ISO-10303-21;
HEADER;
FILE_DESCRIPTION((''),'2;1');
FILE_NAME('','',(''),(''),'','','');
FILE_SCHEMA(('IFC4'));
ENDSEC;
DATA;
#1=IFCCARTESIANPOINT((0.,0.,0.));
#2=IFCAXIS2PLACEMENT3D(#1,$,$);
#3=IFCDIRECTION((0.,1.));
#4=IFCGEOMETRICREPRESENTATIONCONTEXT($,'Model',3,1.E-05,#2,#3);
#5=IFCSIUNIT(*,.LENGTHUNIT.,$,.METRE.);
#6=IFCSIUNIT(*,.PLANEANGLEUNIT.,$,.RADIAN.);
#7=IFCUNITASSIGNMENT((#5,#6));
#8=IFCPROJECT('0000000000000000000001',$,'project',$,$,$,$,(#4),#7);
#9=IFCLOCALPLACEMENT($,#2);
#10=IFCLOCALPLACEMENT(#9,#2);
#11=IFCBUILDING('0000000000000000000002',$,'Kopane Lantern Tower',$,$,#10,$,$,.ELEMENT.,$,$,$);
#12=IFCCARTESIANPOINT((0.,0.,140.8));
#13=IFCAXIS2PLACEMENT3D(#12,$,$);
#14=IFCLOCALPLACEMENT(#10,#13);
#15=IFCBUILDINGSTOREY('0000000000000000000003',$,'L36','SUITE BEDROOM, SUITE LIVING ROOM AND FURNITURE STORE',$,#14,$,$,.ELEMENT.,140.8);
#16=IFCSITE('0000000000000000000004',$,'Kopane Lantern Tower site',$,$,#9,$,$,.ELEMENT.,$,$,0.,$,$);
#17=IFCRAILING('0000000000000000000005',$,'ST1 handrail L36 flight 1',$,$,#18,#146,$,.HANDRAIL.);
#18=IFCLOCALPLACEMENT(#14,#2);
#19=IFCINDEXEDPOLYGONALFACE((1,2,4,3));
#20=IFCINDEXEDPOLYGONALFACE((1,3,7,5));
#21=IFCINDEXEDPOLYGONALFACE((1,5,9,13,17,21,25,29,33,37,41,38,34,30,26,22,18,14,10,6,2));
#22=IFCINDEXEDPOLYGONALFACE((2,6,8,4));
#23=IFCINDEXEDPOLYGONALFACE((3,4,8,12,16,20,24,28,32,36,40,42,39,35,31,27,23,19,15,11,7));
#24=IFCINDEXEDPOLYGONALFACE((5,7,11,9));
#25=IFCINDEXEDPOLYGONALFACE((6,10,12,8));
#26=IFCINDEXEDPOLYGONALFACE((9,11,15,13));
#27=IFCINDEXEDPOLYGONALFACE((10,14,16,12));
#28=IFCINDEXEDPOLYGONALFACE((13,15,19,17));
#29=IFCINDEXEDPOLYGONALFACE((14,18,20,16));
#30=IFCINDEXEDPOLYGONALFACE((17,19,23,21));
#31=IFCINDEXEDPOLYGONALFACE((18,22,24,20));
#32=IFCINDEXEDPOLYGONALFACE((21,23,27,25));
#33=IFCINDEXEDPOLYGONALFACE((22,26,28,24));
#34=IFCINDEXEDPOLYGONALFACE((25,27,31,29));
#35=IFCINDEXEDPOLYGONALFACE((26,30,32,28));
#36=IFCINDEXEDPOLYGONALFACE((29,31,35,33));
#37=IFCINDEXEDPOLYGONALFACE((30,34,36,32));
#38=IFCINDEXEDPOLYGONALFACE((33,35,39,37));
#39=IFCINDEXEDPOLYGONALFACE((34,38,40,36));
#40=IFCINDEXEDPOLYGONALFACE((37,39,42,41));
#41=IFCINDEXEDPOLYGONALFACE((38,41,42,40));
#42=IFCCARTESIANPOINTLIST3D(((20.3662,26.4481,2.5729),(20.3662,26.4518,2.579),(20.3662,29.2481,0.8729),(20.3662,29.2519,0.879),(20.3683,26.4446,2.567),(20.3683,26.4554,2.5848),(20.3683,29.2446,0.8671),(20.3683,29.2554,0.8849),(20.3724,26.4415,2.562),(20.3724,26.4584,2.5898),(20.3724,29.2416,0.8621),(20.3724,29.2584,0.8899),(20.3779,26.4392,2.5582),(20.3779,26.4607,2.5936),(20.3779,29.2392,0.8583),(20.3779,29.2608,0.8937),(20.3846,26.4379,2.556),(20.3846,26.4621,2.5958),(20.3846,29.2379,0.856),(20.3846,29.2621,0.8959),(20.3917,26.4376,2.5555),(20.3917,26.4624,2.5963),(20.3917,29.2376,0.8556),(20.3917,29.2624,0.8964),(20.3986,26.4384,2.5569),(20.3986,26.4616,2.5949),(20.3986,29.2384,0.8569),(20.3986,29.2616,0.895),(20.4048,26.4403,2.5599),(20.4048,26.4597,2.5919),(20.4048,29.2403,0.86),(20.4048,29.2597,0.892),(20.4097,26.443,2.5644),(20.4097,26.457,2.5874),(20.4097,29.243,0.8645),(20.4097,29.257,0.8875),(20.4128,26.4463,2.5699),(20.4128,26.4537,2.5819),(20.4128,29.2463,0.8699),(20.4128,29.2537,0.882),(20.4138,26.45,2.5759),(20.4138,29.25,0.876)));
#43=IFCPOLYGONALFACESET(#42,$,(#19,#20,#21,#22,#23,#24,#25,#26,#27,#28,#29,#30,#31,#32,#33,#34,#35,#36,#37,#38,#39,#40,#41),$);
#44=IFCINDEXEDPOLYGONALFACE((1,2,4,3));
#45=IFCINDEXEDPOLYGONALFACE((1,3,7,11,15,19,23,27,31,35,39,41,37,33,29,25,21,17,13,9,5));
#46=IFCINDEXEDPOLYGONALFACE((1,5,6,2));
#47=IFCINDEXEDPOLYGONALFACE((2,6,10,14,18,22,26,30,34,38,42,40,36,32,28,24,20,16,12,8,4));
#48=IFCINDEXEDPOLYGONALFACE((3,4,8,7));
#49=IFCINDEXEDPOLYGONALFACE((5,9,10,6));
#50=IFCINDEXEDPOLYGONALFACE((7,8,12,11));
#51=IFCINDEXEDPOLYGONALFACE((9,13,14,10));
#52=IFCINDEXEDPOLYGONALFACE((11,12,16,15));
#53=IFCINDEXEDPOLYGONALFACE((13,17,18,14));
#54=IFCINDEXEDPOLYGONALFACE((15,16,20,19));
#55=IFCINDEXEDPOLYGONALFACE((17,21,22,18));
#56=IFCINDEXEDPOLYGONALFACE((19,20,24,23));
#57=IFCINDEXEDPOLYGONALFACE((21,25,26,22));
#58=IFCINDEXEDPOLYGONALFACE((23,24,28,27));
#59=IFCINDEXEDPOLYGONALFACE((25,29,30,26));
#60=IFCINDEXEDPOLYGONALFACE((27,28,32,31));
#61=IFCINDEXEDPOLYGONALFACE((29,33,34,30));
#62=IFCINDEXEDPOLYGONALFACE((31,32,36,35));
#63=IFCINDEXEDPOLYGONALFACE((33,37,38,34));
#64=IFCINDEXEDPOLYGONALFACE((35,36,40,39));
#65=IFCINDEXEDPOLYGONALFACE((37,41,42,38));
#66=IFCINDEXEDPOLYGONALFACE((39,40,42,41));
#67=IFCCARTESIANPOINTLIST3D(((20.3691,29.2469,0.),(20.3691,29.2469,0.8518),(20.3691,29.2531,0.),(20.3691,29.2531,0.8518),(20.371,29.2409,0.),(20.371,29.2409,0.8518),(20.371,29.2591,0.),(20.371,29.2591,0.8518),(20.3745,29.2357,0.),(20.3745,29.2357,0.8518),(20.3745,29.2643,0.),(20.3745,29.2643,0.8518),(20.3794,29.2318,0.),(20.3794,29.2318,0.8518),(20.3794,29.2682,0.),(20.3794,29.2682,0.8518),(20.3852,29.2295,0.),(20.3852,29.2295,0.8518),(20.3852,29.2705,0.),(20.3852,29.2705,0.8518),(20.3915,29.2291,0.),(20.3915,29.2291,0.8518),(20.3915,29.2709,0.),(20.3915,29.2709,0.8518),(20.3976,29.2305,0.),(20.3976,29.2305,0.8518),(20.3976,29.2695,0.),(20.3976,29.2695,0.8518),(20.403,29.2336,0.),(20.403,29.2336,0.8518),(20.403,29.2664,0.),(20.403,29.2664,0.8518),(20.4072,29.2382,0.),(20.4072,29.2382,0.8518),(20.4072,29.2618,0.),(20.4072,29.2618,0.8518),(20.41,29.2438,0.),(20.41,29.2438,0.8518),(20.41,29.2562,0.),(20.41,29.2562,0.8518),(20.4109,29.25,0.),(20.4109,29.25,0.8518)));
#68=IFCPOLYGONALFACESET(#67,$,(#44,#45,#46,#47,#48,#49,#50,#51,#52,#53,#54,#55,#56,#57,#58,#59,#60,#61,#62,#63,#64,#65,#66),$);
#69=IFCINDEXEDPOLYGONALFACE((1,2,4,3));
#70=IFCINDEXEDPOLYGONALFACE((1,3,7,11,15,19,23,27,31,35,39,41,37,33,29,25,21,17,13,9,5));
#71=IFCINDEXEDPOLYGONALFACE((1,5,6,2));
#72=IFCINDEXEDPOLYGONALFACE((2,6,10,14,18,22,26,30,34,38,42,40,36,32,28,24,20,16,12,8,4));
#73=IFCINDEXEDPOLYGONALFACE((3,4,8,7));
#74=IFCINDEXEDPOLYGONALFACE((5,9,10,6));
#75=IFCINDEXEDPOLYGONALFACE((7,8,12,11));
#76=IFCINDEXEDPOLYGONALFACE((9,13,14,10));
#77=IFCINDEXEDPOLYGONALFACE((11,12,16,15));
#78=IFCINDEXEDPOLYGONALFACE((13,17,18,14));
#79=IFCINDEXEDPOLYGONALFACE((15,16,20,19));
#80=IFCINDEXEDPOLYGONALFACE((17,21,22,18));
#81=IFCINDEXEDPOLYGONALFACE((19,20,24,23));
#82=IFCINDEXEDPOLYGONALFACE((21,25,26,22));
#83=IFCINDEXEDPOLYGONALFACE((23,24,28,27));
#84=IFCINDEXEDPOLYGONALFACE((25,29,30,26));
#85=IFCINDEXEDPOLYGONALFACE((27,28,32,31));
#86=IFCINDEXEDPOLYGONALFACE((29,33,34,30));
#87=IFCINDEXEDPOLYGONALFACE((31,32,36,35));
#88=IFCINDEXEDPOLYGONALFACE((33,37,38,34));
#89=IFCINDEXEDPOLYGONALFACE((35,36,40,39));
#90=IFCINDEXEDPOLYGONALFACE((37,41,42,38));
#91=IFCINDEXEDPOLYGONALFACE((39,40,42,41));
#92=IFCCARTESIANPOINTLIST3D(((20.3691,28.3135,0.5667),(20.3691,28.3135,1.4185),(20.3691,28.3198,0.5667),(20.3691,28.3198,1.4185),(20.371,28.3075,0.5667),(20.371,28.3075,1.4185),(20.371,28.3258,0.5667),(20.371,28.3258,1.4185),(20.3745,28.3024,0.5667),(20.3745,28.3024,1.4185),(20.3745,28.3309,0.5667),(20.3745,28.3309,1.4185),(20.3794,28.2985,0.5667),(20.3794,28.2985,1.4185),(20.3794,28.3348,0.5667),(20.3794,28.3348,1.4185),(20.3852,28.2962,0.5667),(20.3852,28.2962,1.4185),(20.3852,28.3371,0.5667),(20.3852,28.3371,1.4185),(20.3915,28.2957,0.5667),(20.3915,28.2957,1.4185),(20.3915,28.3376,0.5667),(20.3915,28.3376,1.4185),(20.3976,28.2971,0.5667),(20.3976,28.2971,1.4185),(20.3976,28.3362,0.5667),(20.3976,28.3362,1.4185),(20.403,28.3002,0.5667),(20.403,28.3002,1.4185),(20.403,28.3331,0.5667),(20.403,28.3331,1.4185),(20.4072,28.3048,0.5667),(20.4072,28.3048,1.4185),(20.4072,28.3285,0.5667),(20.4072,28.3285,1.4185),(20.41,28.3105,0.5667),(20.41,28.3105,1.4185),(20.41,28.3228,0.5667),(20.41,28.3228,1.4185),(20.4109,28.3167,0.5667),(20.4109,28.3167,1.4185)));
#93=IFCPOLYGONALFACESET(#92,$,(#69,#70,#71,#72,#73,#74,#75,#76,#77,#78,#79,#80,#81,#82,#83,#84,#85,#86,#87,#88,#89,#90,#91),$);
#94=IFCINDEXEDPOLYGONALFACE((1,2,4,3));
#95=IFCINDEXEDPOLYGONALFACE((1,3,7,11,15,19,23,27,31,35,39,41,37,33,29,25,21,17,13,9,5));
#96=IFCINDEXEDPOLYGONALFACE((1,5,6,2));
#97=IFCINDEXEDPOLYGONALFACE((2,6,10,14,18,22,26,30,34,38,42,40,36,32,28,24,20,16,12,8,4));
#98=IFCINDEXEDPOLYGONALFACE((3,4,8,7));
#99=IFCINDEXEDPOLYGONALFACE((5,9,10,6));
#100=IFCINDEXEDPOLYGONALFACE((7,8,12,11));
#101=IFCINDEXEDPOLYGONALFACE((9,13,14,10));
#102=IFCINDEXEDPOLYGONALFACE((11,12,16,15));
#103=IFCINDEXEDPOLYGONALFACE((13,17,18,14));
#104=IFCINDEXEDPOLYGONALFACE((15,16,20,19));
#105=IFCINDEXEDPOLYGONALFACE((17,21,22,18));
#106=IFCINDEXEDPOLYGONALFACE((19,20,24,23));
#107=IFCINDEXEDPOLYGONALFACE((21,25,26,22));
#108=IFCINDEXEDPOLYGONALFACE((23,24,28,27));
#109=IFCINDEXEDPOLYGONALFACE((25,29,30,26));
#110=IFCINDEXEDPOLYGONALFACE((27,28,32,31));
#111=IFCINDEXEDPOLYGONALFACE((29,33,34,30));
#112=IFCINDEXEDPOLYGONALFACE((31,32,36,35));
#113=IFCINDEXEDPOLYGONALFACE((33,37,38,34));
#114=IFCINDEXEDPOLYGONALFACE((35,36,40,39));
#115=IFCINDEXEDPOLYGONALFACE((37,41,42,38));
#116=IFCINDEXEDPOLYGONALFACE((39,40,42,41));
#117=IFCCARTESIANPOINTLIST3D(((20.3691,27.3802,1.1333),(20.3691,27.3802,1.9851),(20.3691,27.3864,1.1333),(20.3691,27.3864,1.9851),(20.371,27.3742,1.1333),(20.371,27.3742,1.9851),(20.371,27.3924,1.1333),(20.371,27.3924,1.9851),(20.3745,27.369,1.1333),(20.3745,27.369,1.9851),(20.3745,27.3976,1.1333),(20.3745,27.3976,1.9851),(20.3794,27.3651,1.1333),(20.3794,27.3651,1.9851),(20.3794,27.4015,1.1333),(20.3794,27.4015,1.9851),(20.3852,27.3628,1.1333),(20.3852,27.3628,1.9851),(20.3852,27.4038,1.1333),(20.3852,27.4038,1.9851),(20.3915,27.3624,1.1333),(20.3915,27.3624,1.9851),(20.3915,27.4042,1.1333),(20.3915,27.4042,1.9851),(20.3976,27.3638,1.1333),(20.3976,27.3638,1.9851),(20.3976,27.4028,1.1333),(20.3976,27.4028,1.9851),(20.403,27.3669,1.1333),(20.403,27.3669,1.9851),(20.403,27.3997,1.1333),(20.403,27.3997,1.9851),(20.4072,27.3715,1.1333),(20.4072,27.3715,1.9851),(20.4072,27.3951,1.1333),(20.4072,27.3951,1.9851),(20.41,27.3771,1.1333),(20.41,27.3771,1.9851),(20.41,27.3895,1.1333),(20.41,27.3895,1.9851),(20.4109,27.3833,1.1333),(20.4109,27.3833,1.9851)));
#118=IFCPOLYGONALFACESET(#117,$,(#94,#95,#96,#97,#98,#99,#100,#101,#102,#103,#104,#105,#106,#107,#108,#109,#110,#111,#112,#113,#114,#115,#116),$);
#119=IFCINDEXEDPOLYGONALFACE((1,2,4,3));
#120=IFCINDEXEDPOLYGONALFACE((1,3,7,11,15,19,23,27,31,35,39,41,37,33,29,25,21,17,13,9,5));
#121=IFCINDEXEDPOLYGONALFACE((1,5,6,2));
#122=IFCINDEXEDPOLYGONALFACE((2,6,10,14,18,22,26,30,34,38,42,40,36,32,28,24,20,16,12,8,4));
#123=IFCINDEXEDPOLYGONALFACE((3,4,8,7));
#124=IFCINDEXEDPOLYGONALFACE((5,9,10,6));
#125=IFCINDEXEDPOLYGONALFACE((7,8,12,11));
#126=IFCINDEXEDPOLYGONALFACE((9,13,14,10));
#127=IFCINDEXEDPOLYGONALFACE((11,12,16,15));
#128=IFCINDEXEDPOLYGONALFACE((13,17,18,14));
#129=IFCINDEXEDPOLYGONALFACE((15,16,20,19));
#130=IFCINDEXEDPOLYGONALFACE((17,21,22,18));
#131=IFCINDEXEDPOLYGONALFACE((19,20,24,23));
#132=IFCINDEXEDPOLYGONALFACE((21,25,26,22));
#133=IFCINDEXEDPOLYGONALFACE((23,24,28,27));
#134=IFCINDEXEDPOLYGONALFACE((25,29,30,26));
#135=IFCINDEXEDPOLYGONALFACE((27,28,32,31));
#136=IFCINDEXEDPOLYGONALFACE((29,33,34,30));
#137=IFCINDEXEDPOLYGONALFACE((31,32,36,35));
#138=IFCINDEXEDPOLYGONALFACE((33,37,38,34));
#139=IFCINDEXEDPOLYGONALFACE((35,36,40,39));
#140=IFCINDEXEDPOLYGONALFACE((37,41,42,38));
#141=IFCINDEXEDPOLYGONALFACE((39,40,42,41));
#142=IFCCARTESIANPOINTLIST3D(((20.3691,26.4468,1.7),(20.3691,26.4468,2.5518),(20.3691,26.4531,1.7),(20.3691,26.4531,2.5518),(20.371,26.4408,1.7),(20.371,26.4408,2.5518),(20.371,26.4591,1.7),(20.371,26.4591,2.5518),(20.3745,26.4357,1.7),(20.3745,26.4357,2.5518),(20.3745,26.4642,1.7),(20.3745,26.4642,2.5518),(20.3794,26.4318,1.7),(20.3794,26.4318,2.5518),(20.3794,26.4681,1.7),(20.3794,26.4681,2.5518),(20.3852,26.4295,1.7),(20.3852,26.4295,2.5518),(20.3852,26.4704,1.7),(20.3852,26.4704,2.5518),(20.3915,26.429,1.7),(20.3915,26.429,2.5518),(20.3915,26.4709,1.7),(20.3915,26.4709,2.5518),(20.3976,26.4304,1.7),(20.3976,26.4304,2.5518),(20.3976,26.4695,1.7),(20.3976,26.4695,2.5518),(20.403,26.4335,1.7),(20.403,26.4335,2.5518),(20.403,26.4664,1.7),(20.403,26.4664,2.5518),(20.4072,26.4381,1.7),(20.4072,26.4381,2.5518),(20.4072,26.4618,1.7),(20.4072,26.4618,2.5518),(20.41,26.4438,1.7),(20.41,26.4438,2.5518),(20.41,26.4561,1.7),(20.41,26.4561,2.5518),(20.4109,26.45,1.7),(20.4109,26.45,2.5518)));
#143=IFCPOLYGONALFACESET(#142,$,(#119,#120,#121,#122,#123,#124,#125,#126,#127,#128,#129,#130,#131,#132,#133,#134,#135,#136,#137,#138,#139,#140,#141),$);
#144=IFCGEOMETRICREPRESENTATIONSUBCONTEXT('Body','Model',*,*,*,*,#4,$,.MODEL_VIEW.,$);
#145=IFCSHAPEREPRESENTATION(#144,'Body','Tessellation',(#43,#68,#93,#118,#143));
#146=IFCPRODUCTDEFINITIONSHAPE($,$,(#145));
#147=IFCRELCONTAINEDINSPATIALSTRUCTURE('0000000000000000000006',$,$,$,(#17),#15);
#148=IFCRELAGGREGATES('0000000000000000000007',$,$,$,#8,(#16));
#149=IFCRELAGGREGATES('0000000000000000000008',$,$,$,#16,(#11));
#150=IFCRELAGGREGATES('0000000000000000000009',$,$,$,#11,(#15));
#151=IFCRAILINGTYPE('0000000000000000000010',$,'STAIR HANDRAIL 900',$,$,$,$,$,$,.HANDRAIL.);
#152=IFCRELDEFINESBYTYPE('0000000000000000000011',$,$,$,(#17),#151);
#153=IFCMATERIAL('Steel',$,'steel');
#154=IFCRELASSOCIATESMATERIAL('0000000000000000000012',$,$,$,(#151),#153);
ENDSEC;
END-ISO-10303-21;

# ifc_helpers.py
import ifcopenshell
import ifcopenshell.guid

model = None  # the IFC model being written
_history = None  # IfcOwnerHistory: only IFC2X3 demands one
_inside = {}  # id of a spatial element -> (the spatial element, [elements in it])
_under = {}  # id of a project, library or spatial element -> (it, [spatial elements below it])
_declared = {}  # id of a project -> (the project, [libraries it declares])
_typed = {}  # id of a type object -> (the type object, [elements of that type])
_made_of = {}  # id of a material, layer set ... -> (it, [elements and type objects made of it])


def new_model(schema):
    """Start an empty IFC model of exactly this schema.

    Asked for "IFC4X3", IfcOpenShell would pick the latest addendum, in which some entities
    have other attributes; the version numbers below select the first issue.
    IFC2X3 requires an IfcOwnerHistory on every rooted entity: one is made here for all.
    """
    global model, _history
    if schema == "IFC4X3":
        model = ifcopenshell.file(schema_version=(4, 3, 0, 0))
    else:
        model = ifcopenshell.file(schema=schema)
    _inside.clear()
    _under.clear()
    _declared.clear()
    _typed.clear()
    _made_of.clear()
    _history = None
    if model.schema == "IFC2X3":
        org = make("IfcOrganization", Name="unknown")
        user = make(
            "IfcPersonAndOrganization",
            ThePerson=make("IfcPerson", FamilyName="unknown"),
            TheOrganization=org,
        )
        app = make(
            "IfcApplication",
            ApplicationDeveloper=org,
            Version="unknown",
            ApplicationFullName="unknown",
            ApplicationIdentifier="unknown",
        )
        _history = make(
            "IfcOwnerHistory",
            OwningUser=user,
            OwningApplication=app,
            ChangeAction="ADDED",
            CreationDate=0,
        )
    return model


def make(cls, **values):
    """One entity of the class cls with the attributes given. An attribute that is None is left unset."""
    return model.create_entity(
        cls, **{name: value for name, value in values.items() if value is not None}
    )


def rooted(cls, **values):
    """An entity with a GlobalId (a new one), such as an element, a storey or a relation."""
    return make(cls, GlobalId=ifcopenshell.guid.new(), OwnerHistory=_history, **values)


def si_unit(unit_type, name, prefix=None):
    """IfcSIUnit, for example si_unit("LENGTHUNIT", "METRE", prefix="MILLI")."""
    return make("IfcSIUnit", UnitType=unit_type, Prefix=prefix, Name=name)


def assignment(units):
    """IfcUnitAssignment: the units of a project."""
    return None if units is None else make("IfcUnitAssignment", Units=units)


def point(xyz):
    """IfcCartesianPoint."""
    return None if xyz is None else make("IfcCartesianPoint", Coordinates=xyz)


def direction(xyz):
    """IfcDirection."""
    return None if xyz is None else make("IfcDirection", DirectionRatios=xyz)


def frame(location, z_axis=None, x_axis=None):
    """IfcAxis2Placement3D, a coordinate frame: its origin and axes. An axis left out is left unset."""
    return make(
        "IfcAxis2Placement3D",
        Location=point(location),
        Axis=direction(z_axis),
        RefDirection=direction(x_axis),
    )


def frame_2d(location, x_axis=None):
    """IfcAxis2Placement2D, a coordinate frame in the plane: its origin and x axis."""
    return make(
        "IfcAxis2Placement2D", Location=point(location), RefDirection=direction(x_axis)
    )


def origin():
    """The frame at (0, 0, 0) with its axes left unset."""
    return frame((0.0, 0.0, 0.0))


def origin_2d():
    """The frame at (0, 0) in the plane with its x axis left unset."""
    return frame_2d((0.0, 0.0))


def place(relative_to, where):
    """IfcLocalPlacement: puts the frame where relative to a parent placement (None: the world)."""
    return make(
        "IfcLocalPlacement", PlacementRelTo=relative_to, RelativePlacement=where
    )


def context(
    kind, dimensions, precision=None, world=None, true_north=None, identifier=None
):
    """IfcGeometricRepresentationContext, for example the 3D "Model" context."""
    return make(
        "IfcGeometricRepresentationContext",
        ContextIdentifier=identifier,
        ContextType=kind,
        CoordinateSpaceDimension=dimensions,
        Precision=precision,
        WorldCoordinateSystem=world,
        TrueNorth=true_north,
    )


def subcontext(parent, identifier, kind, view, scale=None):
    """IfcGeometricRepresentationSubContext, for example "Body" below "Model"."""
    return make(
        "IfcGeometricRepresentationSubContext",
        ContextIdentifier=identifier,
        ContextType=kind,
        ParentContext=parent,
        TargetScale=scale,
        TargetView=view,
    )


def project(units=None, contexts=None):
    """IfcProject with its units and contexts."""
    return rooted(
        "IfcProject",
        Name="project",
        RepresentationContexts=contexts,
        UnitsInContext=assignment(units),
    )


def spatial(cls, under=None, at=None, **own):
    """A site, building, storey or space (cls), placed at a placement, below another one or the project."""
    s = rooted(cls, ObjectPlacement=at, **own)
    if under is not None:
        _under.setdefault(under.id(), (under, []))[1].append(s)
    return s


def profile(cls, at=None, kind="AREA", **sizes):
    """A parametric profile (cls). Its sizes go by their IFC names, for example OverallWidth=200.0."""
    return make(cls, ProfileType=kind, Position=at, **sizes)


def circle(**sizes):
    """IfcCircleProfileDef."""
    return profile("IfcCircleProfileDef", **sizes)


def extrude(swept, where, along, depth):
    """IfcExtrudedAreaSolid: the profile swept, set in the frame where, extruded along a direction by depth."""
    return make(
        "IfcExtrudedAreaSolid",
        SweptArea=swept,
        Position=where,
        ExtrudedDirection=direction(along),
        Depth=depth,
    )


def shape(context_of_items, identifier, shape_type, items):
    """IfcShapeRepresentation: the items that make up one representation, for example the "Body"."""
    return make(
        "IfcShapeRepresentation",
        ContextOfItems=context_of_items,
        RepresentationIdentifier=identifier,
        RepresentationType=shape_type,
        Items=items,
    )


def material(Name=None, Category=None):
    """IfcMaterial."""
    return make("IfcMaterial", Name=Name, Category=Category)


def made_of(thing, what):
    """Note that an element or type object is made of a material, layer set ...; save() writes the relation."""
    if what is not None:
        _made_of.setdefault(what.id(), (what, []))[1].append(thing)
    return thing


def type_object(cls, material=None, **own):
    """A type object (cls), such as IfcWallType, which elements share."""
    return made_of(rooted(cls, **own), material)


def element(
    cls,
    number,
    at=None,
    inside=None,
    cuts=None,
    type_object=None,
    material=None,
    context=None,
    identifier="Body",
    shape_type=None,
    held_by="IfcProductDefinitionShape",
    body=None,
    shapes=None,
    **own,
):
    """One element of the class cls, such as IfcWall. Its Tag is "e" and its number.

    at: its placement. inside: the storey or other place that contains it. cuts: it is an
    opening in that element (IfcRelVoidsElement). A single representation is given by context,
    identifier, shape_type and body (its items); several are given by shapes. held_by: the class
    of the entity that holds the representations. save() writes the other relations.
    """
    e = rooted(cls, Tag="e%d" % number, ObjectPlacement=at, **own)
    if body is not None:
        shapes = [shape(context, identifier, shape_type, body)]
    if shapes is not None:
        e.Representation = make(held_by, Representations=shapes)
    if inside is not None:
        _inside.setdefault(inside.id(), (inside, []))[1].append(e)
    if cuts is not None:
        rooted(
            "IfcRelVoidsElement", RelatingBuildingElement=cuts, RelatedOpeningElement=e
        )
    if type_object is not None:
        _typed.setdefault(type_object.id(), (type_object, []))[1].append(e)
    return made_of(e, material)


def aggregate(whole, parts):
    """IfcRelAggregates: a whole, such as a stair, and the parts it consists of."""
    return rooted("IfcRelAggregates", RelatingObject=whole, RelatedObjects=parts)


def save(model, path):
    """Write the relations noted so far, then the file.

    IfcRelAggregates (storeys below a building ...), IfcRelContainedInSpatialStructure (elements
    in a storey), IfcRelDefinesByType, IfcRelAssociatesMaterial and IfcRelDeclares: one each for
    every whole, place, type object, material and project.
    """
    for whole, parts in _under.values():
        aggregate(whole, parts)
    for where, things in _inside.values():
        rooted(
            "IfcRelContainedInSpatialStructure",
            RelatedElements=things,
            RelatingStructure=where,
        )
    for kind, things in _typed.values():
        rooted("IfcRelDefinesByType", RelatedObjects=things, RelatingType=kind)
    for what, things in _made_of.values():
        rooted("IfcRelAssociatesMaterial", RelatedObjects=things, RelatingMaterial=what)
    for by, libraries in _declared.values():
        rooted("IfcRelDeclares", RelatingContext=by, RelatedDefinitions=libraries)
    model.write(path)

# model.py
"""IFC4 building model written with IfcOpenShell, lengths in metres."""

from ifc_helpers import new_model, si_unit, direction, frame, origin, origin_2d, place, context, subcontext, project, spatial, circle, extrude, material, type_object, element, save


model = new_model("IFC4")

# Units and contexts
model_context = context("Model", 3, precision=1e-05, world=origin(), true_north=direction((0.0, 1.0)))
body_context = subcontext(model_context, "Body", "Model", "MODEL_VIEW")
ifc_project = project(units=[si_unit("LENGTHUNIT", "METRE"), si_unit("PLANEANGLEUNIT", "RADIAN")], contexts=[model_context])

# Site, building, storey
site_placement = place(None, origin())
site = spatial("IfcSite", under=ifc_project, at=site_placement, Name="Kopane Lantern Tower site", CompositionType="ELEMENT", RefElevation=0.0)
building_placement = place(site_placement, origin())
building = spatial("IfcBuilding", under=site, at=building_placement, Name="Kopane Lantern Tower", CompositionType="ELEMENT")
storey_placement = place(building_placement, frame((0.0, 0.0, 140.8)))
storey = spatial("IfcBuildingStorey", under=building, at=storey_placement, Name="L36", Description="SUITE BEDROOM, SUITE LIVING ROOM AND FURNITURE STORE", CompositionType="ELEMENT", Elevation=140.8)

# Railing
ifc_material_1 = material(Name="Steel", Category="steel")
railing_type = type_object("IfcRailingType", Name="STAIR HANDRAIL 900", PredefinedType="HANDRAIL", material=ifc_material_1)
for number, where, name in (
    (1, (20.3899, 29.25, 0.0), "ST1 handrail L36 flight 1"),
):
    element("IfcRailing", number, at=place(storey_placement, frame(where)), inside=storey, type_object=railing_type, Name=name, PredefinedType="HANDRAIL", context=body_context, shape_type="SweptSolid", body=[
        extrude(circle(Radius=0.0239, at=origin_2d()), frame((0.0, 0.0, 0.876), z_axis=(0.0, -0.854798, 0.518961), x_axis=(1.0, 0.0, 0.0)), (0.0, 0.0, 1.0), 3.2756),
        extrude(circle(Radius=0.021, at=origin_2d()), origin(), (0.0, 0.0, 1.0), 0.8518),
        extrude(circle(Radius=0.021, at=origin_2d()), frame((0.0, -0.9333, 0.5667)), (0.0, 0.0, 1.0), 0.8518),
        extrude(circle(Radius=0.021, at=origin_2d()), frame((0.0, -1.8667, 1.1333)), (0.0, 0.0, 1.0), 0.8518),
        extrude(circle(Radius=0.021, at=origin_2d()), frame((0.0, -2.8, 1.7)), (0.0, 0.0, 1.0), 0.8518),
    ])

save(model, "model.ifc")
